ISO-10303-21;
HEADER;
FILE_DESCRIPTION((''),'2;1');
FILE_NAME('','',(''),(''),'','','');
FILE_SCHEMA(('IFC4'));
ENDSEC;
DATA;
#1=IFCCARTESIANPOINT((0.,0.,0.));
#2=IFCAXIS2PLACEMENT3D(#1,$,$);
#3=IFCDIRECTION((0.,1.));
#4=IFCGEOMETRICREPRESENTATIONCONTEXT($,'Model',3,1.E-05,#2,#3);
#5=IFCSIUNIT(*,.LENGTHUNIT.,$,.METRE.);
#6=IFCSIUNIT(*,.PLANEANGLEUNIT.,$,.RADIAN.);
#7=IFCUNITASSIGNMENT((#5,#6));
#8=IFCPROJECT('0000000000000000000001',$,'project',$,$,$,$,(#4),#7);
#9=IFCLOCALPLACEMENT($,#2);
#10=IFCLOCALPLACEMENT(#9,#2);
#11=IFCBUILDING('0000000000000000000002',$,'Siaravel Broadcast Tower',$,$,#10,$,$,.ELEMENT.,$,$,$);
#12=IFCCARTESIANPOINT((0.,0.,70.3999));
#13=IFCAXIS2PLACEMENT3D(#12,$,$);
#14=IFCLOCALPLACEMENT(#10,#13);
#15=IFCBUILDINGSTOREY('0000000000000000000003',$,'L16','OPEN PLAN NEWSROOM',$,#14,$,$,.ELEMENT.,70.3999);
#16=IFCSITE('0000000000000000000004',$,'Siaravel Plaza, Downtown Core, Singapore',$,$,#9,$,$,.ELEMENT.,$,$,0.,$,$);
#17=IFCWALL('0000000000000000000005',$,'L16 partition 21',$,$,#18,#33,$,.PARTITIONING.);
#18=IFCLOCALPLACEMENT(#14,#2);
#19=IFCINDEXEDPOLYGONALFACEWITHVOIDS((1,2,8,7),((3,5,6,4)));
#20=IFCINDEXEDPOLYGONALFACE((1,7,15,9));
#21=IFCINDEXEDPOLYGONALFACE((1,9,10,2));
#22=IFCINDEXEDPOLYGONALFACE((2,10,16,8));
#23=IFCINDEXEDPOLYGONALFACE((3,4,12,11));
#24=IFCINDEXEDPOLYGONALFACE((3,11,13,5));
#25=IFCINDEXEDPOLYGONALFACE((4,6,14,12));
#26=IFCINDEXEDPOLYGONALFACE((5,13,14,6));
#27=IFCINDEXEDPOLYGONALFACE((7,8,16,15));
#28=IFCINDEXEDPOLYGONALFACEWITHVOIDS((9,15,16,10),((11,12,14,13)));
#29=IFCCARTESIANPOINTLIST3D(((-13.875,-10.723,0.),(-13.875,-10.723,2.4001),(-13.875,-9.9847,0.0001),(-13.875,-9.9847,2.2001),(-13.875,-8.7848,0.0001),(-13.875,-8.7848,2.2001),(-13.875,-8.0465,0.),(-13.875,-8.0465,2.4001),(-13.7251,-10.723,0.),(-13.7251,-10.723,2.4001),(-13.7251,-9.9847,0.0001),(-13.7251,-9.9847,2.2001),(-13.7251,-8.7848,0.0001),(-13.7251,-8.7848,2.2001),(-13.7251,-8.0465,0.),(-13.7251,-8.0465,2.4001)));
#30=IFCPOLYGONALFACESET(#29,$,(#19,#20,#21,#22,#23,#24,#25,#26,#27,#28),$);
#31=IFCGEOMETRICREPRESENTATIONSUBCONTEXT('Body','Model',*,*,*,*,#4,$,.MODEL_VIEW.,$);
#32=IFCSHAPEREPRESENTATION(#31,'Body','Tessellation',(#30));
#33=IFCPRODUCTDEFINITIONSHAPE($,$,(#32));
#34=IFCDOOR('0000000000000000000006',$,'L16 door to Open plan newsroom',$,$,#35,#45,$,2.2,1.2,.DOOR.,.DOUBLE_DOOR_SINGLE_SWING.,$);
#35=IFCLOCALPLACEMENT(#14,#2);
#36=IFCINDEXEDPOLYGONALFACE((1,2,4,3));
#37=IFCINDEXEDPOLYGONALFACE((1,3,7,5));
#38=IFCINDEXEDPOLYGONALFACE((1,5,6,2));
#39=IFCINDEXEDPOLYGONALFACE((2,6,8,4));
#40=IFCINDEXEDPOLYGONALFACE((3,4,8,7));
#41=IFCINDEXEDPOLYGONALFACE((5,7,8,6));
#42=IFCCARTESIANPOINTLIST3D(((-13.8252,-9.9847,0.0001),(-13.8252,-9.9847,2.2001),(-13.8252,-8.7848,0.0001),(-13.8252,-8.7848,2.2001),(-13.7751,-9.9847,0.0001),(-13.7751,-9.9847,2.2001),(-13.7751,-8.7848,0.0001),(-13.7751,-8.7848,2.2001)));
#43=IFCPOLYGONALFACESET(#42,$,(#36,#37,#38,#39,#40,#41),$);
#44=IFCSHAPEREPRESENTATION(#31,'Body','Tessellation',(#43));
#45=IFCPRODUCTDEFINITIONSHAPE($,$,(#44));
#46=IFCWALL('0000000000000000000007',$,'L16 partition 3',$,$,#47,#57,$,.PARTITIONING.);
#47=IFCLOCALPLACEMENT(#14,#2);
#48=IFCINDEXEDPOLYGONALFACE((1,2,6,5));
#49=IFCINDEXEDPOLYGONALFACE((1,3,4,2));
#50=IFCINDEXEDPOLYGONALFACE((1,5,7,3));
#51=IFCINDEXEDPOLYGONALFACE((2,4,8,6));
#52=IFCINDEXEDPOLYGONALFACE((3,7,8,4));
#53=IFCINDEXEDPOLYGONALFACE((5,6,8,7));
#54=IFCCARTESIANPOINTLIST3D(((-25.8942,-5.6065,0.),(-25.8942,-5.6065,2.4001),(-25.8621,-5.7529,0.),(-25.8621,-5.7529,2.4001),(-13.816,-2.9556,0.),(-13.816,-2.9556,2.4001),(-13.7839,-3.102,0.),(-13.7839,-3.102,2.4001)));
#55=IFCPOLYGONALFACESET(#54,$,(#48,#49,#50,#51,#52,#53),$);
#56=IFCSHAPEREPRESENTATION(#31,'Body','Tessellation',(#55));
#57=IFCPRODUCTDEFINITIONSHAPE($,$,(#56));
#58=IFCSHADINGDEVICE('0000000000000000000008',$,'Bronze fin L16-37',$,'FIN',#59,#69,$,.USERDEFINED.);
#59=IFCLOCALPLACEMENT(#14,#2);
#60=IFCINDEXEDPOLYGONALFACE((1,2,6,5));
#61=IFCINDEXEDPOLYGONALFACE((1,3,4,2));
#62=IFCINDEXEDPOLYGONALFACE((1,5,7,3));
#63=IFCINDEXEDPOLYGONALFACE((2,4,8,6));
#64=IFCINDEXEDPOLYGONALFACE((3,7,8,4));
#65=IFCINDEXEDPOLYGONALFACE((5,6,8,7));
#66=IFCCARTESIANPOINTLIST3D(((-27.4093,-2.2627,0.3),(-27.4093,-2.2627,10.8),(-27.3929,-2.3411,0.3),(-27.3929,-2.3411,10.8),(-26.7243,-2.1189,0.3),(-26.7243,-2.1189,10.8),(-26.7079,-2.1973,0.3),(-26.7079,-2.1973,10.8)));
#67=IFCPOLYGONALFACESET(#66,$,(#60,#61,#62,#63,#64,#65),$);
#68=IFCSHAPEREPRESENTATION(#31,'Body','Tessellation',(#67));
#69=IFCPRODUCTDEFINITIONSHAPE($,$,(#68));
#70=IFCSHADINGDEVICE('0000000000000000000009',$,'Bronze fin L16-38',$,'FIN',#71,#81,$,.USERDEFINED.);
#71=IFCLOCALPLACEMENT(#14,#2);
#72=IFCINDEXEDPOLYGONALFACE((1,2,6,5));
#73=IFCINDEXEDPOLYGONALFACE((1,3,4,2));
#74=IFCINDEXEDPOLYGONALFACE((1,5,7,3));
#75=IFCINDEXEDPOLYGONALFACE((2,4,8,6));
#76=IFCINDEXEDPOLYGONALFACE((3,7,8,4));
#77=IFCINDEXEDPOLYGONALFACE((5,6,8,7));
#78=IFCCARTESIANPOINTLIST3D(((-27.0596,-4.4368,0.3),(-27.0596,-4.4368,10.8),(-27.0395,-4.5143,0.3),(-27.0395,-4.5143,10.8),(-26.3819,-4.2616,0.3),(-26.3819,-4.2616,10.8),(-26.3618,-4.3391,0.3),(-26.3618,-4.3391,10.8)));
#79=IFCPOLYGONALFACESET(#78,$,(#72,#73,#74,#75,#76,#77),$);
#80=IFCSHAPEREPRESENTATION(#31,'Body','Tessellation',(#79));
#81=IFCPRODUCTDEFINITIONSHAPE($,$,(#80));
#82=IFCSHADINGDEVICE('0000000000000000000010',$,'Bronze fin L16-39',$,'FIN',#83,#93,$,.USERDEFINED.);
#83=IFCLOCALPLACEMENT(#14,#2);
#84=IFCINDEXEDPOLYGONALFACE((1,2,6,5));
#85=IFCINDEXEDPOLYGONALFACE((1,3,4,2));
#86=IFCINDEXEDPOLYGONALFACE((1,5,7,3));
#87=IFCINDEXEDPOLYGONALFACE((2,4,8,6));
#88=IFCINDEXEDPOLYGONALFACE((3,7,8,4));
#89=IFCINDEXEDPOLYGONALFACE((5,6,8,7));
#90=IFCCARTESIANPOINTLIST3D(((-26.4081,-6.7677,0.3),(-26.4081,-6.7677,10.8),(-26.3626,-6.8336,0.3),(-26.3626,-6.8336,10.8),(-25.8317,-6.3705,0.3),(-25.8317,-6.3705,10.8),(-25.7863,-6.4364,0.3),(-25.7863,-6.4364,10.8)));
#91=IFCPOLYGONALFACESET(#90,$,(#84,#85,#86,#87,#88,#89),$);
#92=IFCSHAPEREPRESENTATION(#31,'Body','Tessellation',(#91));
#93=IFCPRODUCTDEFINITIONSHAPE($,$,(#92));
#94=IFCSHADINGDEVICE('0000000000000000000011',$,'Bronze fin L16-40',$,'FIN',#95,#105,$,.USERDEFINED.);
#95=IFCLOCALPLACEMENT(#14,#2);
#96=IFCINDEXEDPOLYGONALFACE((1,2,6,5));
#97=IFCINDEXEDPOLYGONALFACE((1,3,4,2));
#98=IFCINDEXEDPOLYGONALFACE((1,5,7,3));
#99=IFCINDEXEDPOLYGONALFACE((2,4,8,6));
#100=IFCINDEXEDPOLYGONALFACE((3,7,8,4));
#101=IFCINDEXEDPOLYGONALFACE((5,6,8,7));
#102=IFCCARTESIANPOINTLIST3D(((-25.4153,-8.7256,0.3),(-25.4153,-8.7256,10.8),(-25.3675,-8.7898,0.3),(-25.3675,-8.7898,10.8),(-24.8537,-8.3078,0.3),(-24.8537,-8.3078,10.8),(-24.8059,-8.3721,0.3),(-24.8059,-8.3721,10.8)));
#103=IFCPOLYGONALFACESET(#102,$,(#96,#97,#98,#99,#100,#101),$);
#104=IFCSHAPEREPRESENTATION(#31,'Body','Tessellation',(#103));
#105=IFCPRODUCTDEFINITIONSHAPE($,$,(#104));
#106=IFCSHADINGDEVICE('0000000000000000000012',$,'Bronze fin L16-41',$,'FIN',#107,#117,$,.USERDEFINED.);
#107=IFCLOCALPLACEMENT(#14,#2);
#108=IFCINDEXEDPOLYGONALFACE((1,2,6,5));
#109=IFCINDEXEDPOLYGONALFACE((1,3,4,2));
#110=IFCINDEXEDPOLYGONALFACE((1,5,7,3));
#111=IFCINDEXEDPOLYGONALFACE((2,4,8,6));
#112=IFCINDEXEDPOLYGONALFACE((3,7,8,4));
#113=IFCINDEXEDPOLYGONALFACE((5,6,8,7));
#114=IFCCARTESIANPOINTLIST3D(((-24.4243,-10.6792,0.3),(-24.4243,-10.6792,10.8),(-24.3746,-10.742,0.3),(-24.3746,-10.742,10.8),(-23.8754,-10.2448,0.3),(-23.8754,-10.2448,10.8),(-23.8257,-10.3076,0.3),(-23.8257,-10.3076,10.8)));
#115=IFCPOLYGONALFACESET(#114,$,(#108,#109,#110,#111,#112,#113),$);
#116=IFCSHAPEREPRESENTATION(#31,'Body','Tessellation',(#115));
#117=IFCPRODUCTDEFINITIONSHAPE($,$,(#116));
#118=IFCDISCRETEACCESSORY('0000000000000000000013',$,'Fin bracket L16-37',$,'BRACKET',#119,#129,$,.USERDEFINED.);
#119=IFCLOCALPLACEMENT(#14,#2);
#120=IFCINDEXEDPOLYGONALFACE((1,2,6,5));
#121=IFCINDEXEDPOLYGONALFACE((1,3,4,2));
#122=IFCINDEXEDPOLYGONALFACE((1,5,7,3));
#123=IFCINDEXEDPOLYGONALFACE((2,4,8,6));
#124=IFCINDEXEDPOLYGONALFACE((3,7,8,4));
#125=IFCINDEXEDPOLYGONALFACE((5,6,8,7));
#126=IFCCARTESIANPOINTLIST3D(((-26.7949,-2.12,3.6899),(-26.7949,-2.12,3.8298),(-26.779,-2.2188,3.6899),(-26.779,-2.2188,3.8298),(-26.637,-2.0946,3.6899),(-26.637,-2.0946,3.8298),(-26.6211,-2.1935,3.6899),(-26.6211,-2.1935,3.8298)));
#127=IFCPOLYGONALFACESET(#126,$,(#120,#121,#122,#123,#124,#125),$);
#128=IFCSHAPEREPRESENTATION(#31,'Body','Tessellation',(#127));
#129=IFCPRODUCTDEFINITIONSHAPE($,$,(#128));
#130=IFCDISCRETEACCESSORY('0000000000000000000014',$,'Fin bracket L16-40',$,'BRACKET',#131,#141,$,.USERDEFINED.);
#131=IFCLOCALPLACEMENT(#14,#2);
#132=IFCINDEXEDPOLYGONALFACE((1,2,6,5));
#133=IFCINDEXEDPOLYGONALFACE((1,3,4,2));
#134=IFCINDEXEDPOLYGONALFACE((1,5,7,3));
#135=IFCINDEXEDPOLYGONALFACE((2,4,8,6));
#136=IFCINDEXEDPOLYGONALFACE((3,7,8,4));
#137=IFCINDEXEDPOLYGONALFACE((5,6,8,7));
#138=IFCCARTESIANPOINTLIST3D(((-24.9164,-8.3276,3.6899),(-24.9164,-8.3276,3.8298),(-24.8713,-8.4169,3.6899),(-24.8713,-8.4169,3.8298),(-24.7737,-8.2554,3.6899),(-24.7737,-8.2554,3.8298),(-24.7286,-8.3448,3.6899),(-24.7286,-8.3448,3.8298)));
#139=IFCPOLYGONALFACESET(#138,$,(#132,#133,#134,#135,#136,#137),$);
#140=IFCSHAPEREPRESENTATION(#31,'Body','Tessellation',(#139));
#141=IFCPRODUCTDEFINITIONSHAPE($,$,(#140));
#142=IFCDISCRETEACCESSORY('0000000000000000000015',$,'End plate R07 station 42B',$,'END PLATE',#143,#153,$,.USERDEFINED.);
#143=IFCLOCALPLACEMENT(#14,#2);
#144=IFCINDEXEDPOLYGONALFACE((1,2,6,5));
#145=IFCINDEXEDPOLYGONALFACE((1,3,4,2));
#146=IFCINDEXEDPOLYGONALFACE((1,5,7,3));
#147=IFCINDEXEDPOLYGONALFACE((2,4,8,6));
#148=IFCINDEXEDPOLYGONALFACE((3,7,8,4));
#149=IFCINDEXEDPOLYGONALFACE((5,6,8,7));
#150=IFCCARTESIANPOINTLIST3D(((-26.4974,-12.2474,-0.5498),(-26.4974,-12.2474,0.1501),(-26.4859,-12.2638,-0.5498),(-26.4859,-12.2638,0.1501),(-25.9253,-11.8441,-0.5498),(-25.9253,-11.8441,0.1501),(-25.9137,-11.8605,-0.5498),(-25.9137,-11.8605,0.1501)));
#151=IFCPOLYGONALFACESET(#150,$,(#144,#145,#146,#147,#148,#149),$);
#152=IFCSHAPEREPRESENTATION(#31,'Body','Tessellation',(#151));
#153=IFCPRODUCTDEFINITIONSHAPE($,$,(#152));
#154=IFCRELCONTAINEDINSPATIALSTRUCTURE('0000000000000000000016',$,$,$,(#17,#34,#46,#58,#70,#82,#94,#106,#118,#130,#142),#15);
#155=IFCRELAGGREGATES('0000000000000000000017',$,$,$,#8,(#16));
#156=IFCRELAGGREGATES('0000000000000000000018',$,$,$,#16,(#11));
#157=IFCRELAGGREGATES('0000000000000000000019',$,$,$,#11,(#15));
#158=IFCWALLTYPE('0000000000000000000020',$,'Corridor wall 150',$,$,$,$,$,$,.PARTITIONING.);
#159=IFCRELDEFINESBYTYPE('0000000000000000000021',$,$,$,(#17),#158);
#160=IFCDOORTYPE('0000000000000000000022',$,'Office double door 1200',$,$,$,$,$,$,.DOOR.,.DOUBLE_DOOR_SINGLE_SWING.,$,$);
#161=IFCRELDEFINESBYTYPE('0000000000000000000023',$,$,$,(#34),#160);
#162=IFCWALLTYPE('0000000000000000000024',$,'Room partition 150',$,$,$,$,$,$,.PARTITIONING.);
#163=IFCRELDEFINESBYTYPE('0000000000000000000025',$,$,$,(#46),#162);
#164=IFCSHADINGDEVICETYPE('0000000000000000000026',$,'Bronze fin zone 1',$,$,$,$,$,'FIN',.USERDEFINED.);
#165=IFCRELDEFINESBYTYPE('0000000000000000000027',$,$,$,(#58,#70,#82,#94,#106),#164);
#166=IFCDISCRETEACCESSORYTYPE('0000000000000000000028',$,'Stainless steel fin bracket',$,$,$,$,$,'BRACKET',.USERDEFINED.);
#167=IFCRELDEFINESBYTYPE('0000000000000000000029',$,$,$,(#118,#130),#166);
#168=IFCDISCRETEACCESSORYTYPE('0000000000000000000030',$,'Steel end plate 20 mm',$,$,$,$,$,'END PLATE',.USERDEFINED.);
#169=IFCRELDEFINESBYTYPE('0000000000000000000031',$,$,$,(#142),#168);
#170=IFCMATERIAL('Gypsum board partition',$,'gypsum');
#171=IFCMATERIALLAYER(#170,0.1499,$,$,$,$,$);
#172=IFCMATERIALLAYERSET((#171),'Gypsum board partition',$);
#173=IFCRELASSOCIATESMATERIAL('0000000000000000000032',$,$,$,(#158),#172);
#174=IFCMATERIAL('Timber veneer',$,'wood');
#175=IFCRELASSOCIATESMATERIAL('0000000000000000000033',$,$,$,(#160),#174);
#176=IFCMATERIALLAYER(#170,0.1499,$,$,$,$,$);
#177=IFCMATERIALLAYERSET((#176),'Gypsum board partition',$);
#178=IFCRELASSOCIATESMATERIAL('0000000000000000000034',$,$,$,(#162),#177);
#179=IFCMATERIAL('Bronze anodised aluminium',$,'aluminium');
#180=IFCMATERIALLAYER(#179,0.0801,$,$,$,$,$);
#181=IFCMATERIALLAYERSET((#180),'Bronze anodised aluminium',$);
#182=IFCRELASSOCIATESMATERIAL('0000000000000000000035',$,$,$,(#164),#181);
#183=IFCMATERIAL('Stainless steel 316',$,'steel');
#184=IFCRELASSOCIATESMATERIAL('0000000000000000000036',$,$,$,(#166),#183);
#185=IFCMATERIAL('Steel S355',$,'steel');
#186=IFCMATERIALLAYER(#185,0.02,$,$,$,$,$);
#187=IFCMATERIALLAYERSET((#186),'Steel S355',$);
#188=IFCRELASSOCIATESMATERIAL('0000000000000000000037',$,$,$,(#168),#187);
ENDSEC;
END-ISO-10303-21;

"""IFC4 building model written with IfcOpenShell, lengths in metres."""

from ifc_helpers import new_model, si_unit, direction, frame, frame_2d, origin, origin_2d, place, context, subcontext, project, spatial, rectangle, extrude, material, layer, layer_set, type_object, element, fill, save


model = new_model("IFC4")

# Units and contexts
model_context = context("Model", 3, precision=1e-05, world=origin(), true_north=direction((0.0, 1.0)))
body_context = subcontext(model_context, "Body", "Model", "MODEL_VIEW")
ifc_project = project(units=[si_unit("LENGTHUNIT", "METRE"), si_unit("PLANEANGLEUNIT", "RADIAN")], contexts=[model_context])

# Site, building, storey
site_placement = place(None, origin())
site = spatial("IfcSite", under=ifc_project, at=site_placement, Name="Siaravel Plaza, Downtown Core, Singapore", CompositionType="ELEMENT", RefElevation=0.0)
building_placement = place(site_placement, origin())
building = spatial("IfcBuilding", under=site, at=building_placement, Name="Siaravel Broadcast Tower", CompositionType="ELEMENT")
storey_placement = place(building_placement, frame((0.0, 0.0, 70.3999)))
storey = spatial("IfcBuildingStorey", under=building, at=storey_placement, Name="L16", Description="OPEN PLAN NEWSROOM", CompositionType="ELEMENT", Elevation=70.3999)

# Shared definitions
ifc_material_1 = material(Name="Steel S355", Category="steel")

# Wall, opening, door
ifc_material_2 = material(Name="Gypsum board partition", Category="gypsum")
ifc_layer_1 = layer(ifc_material_2, 0.1499)
ifc_layer_set_1 = layer_set([ifc_layer_1], Name="Gypsum board partition")
wall_type_1 = type_object("IfcWallType", Name="Corridor wall 150", PredefinedType="PARTITIONING", material=ifc_layer_set_1)
ifc_material_3 = material(Name="Timber veneer", Category="wood")
door_type = type_object("IfcDoorType", Name="Office double door 1200", OperationType="DOUBLE_DOOR_SINGLE_SWING", PredefinedType="DOOR", material=ifc_material_3)
wall_1_placement = place(storey_placement, frame((-13.8, -8.0464, 0.0), z_axis=(0.0, 0.0, 1.0), x_axis=(0.0, -1.0, 0.0)))
wall_1 = element("IfcWall", 1, at=wall_1_placement, inside=storey, type_object=wall_type_1, Name="L16 partition 21", PredefinedType="PARTITIONING", context=body_context, shape_type="SweptSolid", body=[
    extrude(rectangle(XDim=2.6765, YDim=0.1499, at=frame_2d((1.3384, 0.0))), origin(), (0.0, 0.0, 1.0), 2.4001),
])
opening_1_placement = place(wall_1_placement, frame((0.7383, 0.0, 0.0)))
opening_1 = element("IfcOpeningElement", 2, at=opening_1_placement, cuts=wall_1, PredefinedType="OPENING", context=body_context, shape_type="SweptSolid", body=[
    extrude(rectangle(XDim=1.2, YDim=2.2, at=frame_2d((0.6001, 1.1001))), frame((0.0, 0.085, 0.0), z_axis=(0.0, -1.0, 0.0), x_axis=(1.0, 0.0, 0.0)), (0.0, 0.0, 1.0), 0.1699),
])
door_1_placement = place(opening_1_placement, origin())
door_1 = element("IfcDoor", 3, at=door_1_placement, inside=storey, type_object=door_type, Name="L16 door to Open plan newsroom", OperationType="DOUBLE_DOOR_SINGLE_SWING", OverallHeight=2.2, OverallWidth=1.2, PredefinedType="DOOR", context=body_context, shape_type="SweptSolid", body=[
    extrude(rectangle(XDim=1.2, YDim=2.2, at=frame_2d((0.6001, 1.1001))), frame((0.0, 0.0249, 0.0), z_axis=(0.0, -1.0, 0.0), x_axis=(1.0, 0.0, 0.0)), (0.0, 0.0, 1.0), 0.05),
])
fill(opening_1, door_1)

# Wall
ifc_layer_2 = layer(ifc_material_2, 0.1499)
ifc_layer_set_2 = layer_set([ifc_layer_2], Name="Gypsum board partition")
wall_type_2 = type_object("IfcWallType", Name="Room partition 150", PredefinedType="PARTITIONING", material=ifc_layer_set_2)
wall_2_placement = place(storey_placement, frame((-25.8782, -5.6797, 0.0), z_axis=(0.0, 0.0, 1.0), x_axis=(0.976751, 0.214375, 0.0)))
element("IfcWall", 4, at=wall_2_placement, inside=storey, type_object=wall_type_2, Name="L16 partition 3", PredefinedType="PARTITIONING", context=body_context, shape_type="SweptSolid", body=[
    extrude(rectangle(XDim=12.3657, YDim=0.1499, at=frame_2d((6.1829, 0.0))), origin(), (0.0, 0.0, 1.0), 2.4001),
])

# Shading devices
ifc_material_4 = material(Name="Bronze anodised aluminium", Category="aluminium")
ifc_layer_3 = layer(ifc_material_4, 0.0801)
ifc_layer_set_3 = layer_set([ifc_layer_3], Name="Bronze anodised aluminium")
shading_device_type = type_object("IfcShadingDeviceType", Name="Bronze fin zone 1", ElementType="FIN", PredefinedType="USERDEFINED", material=ifc_layer_set_3)
for number, where, z_axis, x_axis, name in (
    (5, (-27.0586, -2.23, 0.3), (0.0, 0.0, 1.0), (-0.978669, -0.205444, 0.0), "Bronze fin L16-37"),
    (6, (-26.7107, -4.3879, 0.3), (0.0, 0.0, 1.0), (-0.96818, -0.250253, 0.0), "Bronze fin L16-38"),
    (7, (-26.0972, -6.6021, 0.3), (0.0, 0.0, 1.0), (-0.823431, -0.567417, 0.0), "Bronze fin L16-39"),
    (8, (-25.1106, -8.5488, 0.3), (0.0, 0.0, 1.0), (-0.802391, -0.596799, 0.0), "Bronze fin L16-40"),
    (9, (-24.125, -10.4934, 0.3), (0.0, 0.0, 1.0), (-0.784162, -0.620557, 0.0), "Bronze fin L16-41"),
):
    element("IfcShadingDevice", number, at=place(storey_placement, frame(where, z_axis=z_axis, x_axis=x_axis)), inside=storey, type_object=shading_device_type, Name=name, ObjectType="FIN", PredefinedType="USERDEFINED", context=body_context, shape_type="SweptSolid", body=[
        extrude(rectangle(XDim=0.7, YDim=0.0801, at=origin_2d()), origin(), (0.0, 0.0, 1.0), 10.5),
    ])

# Discrete accessories
ifc_material_5 = material(Name="Stainless steel 316", Category="steel")
discrete_accessory_type_1 = type_object("IfcDiscreteAccessoryType", Name="Stainless steel fin bracket", ElementType="BRACKET", PredefinedType="USERDEFINED", material=ifc_material_5)
for number, where, z_axis, x_axis, name in (
    (10, (-26.708, -2.1567, 3.6899), (0.0, 0.0, 1.0), (-0.987329, -0.158685, 0.0), "Fin bracket L16-37"),
    (11, (-24.8225, -8.3362, 3.6899), (0.0, 0.0, 1.0), (-0.892392, -0.451261, 0.0), "Fin bracket L16-40"),
):
    element("IfcDiscreteAccessory", number, at=place(storey_placement, frame(where, z_axis=z_axis, x_axis=x_axis)), inside=storey, type_object=discrete_accessory_type_1, Name=name, ObjectType="BRACKET", PredefinedType="USERDEFINED", context=body_context, shape_type="SweptSolid", body=[
        extrude(rectangle(XDim=0.1599, YDim=0.1001, at=origin_2d()), origin(), (0.0, 0.0, 1.0), 0.1399),
    ])
ifc_layer_4 = layer(ifc_material_1, 0.02)
ifc_layer_set_4 = layer_set([ifc_layer_4], Name="Steel S355")
discrete_accessory_type_2 = type_object("IfcDiscreteAccessoryType", Name="Steel end plate 20 mm", ElementType="END PLATE", PredefinedType="USERDEFINED", material=ifc_layer_set_4)
discrete_accessory_placement = place(storey_placement, frame((-26.2056, -12.054, -0.5498), z_axis=(0.0, 0.0, 1.0), x_axis=(0.57612, -0.817365, 0.0)))
element("IfcDiscreteAccessory", 12, at=discrete_accessory_placement, inside=storey, type_object=discrete_accessory_type_2, Name="End plate R07 station 42B", ObjectType="END PLATE", PredefinedType="USERDEFINED", context=body_context, shape_type="SweptSolid", body=[
    extrude(rectangle(XDim=0.02, YDim=0.7, at=origin_2d()), origin(), (0.0, 0.0, 1.0), 0.7),
])

save(model, "model.ifc")
